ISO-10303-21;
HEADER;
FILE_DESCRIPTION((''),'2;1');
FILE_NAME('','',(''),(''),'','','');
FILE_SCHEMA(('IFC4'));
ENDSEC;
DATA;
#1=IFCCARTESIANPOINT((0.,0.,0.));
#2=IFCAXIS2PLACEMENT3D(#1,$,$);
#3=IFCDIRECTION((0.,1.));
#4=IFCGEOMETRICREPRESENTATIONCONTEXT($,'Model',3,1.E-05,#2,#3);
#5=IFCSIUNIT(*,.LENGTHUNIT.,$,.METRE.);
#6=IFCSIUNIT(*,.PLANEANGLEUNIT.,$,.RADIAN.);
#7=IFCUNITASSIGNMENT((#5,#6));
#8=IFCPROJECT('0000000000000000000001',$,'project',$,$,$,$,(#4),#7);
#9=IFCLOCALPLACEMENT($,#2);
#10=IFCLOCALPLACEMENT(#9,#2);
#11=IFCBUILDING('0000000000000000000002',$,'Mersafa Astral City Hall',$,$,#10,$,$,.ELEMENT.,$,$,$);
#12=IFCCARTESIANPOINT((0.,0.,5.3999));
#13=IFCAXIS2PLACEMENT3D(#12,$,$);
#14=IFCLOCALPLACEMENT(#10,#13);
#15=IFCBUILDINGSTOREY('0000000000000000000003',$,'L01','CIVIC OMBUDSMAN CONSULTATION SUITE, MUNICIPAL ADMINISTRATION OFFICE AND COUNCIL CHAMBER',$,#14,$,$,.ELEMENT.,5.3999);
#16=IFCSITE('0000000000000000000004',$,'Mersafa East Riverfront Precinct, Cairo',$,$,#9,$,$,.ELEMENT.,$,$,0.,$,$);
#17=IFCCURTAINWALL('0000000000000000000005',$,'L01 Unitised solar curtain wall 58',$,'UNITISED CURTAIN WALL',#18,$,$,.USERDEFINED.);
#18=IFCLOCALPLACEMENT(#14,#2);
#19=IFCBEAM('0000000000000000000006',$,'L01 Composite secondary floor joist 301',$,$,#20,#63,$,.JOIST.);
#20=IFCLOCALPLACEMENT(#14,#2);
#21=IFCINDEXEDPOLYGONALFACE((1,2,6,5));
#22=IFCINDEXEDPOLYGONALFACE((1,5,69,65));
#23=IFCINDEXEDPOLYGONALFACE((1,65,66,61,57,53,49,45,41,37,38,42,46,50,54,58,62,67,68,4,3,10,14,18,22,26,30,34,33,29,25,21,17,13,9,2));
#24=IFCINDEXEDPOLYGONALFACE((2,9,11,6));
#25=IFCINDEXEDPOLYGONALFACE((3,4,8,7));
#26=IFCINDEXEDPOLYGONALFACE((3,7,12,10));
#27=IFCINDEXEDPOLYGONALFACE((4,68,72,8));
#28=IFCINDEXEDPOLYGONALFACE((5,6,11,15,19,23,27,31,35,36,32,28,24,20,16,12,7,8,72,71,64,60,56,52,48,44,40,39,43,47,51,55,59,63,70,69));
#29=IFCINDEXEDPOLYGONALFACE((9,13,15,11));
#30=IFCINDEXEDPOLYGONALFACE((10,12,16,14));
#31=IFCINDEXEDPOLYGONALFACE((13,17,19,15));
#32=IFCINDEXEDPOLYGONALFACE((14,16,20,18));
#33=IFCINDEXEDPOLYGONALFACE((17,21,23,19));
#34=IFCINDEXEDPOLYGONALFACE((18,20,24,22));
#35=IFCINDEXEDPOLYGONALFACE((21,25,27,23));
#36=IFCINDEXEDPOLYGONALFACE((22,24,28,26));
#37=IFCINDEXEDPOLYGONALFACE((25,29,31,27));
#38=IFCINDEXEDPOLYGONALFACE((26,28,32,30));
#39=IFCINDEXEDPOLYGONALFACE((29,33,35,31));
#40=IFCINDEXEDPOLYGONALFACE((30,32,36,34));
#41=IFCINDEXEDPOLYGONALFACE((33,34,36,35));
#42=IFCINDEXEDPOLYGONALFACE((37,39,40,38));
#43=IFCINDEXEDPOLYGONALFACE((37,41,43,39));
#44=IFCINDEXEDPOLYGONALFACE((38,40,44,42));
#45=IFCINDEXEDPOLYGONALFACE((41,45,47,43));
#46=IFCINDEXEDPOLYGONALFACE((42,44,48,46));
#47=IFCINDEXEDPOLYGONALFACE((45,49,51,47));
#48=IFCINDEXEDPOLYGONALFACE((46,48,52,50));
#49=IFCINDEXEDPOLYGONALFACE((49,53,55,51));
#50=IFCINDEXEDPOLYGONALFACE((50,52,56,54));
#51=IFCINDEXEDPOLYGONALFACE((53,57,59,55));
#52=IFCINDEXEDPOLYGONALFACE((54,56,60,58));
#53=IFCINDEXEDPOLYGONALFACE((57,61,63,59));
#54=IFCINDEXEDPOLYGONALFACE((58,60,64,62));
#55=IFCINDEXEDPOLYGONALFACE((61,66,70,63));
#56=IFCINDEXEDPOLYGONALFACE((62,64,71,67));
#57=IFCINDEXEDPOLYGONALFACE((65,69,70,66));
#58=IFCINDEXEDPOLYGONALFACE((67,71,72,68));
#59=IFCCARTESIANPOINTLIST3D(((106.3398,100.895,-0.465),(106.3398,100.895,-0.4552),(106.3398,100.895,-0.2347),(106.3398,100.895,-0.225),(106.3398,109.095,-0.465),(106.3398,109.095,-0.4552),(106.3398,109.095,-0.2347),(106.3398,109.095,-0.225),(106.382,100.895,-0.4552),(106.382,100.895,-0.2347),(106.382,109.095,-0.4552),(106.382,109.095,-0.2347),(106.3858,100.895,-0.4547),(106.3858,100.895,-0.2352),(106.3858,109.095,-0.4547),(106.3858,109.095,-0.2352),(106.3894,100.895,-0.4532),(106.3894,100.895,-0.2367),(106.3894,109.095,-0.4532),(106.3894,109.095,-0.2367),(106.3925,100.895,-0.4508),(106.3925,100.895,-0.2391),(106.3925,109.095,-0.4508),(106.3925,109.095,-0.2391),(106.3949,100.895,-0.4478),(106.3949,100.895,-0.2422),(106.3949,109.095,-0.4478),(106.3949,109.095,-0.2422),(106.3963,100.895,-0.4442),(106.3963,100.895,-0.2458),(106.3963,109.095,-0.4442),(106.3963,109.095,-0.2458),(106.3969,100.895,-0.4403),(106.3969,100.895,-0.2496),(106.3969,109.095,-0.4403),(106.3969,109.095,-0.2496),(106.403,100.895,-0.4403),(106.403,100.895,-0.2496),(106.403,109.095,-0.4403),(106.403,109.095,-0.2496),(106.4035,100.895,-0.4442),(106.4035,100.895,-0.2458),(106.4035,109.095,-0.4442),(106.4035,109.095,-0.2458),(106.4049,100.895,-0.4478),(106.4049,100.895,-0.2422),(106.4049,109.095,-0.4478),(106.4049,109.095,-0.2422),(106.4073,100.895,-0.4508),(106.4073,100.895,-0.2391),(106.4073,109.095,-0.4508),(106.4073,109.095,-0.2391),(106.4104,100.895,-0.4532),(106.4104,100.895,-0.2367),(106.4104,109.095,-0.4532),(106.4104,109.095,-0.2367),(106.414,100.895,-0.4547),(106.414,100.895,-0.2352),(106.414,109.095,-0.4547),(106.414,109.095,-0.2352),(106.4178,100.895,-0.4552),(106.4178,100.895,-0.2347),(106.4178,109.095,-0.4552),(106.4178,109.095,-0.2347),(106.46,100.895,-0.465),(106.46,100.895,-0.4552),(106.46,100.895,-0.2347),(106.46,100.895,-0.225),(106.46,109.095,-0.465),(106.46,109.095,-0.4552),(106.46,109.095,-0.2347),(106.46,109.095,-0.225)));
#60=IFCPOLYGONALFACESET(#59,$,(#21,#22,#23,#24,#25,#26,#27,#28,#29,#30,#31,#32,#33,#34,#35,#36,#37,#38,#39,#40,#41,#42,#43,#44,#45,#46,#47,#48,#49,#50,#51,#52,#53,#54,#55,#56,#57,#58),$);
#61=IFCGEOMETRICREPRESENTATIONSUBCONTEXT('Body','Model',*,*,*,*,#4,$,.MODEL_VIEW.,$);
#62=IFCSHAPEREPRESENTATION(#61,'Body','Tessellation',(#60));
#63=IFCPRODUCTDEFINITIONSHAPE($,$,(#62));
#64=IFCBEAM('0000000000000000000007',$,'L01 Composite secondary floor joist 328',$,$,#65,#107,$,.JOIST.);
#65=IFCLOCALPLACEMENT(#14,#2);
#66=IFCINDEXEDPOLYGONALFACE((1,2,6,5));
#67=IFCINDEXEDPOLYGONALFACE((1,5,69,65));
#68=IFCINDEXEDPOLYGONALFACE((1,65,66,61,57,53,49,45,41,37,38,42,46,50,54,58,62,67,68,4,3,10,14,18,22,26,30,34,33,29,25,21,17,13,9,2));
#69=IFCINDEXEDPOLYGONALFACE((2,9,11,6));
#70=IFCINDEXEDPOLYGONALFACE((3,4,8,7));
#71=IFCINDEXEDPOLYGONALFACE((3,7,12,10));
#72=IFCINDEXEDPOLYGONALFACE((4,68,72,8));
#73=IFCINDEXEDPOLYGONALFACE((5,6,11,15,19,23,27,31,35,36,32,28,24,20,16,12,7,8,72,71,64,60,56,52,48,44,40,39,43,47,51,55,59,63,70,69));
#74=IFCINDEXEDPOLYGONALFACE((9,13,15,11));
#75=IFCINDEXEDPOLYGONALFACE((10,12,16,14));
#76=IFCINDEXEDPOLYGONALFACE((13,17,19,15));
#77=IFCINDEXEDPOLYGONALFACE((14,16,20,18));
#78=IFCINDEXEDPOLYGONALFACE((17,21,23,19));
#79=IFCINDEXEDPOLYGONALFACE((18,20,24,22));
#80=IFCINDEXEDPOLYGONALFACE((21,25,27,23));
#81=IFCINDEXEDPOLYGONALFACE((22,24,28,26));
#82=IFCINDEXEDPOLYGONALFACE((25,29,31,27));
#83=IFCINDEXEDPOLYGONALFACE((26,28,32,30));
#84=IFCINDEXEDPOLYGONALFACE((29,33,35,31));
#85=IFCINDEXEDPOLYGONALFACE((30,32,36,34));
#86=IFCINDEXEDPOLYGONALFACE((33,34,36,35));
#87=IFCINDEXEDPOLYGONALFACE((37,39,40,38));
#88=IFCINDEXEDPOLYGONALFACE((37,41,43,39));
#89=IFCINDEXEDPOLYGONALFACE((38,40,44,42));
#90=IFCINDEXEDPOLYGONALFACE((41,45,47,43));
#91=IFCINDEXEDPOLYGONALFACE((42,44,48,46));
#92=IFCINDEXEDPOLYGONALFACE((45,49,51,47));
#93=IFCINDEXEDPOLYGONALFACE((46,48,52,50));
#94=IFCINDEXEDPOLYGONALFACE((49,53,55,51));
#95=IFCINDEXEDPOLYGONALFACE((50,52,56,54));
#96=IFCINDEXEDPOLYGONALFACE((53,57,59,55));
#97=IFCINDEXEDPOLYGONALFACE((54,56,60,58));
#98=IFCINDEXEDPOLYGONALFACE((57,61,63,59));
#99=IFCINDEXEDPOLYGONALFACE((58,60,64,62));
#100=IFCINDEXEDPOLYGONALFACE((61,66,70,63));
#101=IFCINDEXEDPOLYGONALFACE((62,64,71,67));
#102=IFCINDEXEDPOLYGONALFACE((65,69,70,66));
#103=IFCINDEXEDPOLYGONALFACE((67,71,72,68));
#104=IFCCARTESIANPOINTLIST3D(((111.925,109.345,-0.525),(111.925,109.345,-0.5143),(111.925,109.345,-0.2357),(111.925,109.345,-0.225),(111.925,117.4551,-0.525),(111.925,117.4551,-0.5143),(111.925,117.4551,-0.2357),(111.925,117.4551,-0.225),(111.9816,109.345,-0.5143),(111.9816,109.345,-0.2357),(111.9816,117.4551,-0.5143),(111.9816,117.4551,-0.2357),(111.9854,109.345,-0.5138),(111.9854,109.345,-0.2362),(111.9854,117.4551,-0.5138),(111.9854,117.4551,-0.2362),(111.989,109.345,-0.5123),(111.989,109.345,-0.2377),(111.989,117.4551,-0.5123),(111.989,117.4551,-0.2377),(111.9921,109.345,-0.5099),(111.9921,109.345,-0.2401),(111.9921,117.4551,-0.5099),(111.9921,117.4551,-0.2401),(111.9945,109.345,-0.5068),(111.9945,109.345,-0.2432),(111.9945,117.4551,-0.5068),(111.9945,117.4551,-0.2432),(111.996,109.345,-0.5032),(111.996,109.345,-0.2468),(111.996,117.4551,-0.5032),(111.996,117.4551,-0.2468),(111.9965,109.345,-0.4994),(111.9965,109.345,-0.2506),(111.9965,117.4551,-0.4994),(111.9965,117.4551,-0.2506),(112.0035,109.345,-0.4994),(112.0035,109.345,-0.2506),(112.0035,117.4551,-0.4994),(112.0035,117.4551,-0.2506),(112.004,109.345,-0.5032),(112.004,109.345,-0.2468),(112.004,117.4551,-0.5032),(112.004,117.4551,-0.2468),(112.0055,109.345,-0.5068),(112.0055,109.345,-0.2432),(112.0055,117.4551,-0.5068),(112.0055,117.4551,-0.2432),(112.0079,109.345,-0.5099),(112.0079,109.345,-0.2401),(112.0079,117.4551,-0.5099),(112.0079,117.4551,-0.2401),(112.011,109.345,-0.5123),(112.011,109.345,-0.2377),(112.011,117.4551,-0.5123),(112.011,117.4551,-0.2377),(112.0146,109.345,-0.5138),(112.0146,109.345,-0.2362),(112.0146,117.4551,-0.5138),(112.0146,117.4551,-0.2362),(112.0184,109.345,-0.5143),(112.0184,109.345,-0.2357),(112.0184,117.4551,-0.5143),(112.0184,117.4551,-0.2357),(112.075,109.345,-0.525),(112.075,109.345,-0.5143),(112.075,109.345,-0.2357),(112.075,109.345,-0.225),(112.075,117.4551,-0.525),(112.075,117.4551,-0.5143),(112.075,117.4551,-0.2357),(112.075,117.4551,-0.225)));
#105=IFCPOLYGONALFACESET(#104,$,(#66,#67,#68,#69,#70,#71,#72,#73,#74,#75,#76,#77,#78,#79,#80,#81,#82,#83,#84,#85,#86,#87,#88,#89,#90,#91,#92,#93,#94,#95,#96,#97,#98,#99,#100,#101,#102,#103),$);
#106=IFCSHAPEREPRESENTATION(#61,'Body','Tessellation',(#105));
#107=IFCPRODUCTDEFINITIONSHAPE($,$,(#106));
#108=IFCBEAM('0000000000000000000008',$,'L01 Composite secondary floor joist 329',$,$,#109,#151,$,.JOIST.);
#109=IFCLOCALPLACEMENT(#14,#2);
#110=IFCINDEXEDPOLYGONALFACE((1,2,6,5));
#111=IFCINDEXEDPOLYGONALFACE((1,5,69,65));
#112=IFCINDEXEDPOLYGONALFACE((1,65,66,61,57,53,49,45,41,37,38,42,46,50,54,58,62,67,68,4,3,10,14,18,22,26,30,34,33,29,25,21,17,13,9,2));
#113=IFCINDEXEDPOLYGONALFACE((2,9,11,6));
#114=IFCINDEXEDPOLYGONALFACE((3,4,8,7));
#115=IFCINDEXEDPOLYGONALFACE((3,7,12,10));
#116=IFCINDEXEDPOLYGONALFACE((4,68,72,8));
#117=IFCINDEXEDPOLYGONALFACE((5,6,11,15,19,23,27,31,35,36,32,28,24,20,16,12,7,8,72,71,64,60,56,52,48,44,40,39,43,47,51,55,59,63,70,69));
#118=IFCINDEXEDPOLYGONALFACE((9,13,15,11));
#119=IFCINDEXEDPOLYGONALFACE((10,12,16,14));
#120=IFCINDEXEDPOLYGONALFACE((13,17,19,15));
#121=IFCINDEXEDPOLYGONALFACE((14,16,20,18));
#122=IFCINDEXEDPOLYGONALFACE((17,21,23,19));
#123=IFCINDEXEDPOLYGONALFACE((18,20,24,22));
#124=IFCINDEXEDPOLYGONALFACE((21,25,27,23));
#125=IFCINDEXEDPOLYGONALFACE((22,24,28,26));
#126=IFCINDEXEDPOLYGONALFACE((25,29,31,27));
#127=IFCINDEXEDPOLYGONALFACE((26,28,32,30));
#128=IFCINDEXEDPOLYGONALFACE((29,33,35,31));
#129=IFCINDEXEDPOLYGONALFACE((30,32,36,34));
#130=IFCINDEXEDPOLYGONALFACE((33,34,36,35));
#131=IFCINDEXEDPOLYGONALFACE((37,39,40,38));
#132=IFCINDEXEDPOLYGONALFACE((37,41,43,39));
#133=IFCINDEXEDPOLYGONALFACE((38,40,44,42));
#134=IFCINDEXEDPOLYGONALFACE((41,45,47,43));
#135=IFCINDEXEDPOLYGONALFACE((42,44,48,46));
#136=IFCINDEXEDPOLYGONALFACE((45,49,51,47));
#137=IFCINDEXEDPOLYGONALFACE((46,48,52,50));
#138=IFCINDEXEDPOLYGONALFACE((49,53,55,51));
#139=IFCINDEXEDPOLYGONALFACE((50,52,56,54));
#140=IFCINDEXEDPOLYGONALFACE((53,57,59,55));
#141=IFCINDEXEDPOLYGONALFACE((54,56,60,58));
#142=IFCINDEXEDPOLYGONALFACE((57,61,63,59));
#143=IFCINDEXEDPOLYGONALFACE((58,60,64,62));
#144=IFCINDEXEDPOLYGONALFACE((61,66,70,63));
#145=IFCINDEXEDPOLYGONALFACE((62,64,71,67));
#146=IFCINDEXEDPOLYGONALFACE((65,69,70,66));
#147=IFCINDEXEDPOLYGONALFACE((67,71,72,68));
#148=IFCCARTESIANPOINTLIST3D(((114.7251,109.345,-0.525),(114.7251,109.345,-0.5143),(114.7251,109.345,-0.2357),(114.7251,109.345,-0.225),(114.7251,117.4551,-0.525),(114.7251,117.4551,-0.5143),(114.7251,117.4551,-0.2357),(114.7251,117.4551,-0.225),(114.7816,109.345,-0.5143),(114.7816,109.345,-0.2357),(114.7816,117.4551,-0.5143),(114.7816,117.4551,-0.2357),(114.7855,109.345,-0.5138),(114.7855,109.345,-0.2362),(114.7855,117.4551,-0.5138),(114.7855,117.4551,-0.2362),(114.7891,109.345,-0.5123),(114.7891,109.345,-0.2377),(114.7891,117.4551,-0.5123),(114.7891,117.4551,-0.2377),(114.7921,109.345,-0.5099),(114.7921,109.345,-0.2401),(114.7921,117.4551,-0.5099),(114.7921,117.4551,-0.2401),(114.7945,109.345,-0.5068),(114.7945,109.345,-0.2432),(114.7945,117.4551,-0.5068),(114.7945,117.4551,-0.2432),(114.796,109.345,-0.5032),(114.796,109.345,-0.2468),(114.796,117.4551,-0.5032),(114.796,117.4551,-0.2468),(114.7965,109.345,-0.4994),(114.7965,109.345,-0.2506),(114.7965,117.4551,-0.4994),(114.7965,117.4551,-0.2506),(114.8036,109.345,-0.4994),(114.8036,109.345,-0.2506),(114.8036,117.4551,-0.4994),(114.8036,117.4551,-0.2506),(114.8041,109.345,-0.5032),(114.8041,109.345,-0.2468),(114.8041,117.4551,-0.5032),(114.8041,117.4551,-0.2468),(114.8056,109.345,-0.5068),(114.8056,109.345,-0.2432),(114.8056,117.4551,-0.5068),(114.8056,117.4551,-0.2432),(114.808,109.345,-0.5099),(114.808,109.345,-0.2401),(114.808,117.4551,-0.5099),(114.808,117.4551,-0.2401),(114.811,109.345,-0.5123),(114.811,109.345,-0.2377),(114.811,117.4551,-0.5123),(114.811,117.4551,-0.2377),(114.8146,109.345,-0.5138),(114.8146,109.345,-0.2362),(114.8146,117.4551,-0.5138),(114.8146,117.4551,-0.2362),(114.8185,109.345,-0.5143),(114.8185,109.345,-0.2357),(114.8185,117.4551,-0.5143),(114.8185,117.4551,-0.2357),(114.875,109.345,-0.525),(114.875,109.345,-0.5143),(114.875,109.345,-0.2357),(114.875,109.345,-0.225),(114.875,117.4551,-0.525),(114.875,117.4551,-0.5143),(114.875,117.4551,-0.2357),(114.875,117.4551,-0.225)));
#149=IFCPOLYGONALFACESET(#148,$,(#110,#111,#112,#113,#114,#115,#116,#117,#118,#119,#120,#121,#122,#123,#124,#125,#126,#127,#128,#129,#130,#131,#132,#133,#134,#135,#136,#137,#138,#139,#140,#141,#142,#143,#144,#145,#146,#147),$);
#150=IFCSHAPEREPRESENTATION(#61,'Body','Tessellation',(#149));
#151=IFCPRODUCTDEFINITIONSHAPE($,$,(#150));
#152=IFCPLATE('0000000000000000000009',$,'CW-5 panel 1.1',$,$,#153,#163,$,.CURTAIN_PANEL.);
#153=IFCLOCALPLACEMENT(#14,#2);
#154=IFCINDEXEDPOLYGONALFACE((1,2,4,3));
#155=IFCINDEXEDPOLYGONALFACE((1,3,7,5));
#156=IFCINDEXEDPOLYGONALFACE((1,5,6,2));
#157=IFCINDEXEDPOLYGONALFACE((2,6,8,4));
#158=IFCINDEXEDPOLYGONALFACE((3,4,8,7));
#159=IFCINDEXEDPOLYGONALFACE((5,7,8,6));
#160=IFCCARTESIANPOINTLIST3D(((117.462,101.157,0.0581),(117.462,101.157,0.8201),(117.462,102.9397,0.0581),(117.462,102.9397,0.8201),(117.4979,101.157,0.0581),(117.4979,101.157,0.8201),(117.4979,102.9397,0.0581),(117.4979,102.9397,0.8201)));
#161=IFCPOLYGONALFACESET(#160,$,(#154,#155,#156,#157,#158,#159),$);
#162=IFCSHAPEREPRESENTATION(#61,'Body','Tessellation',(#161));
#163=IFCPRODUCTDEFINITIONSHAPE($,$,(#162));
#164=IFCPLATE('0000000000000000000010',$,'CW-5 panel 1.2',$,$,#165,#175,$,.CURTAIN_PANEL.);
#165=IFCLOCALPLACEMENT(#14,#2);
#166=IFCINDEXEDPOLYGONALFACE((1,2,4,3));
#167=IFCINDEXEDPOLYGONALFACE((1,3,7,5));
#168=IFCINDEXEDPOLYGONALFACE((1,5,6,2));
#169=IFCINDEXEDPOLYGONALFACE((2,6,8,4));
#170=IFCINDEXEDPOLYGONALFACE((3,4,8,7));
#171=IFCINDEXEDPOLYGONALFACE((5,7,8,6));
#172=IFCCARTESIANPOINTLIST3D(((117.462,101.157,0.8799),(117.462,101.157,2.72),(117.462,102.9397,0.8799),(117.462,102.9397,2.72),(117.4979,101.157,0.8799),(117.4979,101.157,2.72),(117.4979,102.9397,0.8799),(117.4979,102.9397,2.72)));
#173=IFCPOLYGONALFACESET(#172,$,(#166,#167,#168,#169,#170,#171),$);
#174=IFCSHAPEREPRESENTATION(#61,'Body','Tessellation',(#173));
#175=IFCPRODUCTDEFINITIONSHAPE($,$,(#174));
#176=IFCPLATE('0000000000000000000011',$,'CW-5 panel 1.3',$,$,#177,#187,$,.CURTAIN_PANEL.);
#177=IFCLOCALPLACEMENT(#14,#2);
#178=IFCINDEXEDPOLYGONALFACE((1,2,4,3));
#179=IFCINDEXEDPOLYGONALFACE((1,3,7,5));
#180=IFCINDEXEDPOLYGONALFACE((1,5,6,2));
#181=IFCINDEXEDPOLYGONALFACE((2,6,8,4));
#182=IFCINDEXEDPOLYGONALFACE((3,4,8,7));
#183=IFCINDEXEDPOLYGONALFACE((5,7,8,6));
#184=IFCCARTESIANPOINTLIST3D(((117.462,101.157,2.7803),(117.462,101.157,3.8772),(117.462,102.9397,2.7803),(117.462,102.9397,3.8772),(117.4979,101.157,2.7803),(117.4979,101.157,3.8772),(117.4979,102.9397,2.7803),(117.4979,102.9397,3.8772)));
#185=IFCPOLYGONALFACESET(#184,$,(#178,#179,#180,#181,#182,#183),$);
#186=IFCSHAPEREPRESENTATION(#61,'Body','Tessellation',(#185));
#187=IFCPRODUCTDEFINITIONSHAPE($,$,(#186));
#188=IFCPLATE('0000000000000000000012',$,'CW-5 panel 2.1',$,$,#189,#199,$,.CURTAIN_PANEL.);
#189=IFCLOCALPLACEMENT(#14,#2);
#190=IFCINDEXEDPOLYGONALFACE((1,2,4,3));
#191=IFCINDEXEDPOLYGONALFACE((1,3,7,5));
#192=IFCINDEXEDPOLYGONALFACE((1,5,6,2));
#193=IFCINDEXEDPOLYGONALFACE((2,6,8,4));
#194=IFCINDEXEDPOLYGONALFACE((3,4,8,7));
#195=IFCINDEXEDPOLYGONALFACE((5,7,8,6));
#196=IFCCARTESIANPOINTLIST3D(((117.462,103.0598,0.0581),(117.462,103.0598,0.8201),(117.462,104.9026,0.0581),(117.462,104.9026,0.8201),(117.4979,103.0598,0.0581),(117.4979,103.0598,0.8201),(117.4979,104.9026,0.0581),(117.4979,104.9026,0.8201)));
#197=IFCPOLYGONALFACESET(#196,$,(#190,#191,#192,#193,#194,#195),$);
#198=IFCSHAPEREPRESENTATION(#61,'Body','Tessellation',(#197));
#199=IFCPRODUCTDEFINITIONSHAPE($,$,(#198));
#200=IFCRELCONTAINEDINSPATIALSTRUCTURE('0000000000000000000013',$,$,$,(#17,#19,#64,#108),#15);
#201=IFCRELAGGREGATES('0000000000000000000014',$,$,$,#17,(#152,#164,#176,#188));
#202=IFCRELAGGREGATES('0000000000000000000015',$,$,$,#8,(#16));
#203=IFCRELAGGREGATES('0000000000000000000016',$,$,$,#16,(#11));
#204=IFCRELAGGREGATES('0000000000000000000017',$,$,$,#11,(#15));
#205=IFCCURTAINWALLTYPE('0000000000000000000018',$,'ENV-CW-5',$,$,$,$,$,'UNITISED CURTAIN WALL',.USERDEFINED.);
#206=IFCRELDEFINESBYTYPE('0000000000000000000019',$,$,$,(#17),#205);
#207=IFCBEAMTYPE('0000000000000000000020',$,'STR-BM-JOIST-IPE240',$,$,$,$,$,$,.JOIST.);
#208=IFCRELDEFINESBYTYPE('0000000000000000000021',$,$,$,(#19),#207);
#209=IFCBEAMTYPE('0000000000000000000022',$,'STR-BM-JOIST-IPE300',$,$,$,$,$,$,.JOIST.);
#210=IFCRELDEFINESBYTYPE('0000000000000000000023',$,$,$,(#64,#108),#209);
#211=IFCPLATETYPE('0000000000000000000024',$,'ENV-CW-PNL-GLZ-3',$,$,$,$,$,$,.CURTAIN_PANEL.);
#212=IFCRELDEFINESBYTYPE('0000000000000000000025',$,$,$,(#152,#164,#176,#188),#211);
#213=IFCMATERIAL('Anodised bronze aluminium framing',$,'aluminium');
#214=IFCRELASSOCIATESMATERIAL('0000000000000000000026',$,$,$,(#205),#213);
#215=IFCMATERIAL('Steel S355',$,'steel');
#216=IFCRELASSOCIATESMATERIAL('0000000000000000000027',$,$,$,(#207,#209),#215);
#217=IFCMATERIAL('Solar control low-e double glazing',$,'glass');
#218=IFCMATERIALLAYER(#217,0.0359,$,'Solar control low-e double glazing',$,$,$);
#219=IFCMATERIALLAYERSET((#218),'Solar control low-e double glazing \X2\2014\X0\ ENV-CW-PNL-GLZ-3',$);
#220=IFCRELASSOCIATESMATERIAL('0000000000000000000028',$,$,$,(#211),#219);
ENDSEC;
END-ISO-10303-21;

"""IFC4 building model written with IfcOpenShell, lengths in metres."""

from ifc_helpers import new_model, si_unit, direction, frame, origin, origin_2d, place, context, subcontext, project, spatial, rectangle, i_section, extrude, material, layer, layer_set, material_profile, profile_set, type_object, element, aggregate, save


model = new_model("IFC4")

# Units and contexts
model_context = context("Model", 3, precision=1e-05, world=origin(), true_north=direction((0.0, 1.0)))
body_context = subcontext(model_context, "Body", "Model", "MODEL_VIEW")
ifc_project = project(units=[si_unit("LENGTHUNIT", "METRE"), si_unit("PLANEANGLEUNIT", "RADIAN")], contexts=[model_context])

# Site, building, storey
site_placement = place(None, origin())
site = spatial("IfcSite", under=ifc_project, at=site_placement, Name="Mersafa East Riverfront Precinct, Cairo", CompositionType="ELEMENT", RefElevation=0.0)
building_placement = place(site_placement, origin())
building = spatial("IfcBuilding", under=site, at=building_placement, Name="Mersafa Astral City Hall", CompositionType="ELEMENT")
storey_placement = place(building_placement, frame((0.0, 0.0, 5.3999)))
storey = spatial("IfcBuildingStorey", under=building, at=storey_placement, Name="L01", Description="CIVIC OMBUDSMAN CONSULTATION SUITE, MUNICIPAL ADMINISTRATION OFFICE AND COUNCIL CHAMBER", CompositionType="ELEMENT", Elevation=5.3999)

# Shared definitions
ifc_material_1 = material(Name="Steel S355", Category="steel")

# Curtain wall
ifc_material_2 = material(Name="Anodised bronze aluminium framing", Category="aluminium")
curtain_wall_type = type_object("IfcCurtainWallType", Name="ENV-CW-5", ElementType="UNITISED CURTAIN WALL", PredefinedType="USERDEFINED", material=ifc_material_2)
curtain_wall_placement = place(storey_placement, origin())
curtain_wall = element("IfcCurtainWall", 1, at=curtain_wall_placement, inside=storey, type_object=curtain_wall_type, Name="L01 Unitised solar curtain wall 58", ObjectType="UNITISED CURTAIN WALL", PredefinedType="USERDEFINED")

# Beams
ifc_material_profile_1 = material_profile(ifc_material_1, i_section(OverallWidth=0.1201, OverallDepth=0.24, WebThickness=0.0061, FlangeThickness=0.0098, FilletRadius=0.0149, at=origin_2d()), Name="IPE 240")
ifc_profile_set_1 = profile_set([ifc_material_profile_1], Name="Steel S355")
beam_type_1 = type_object("IfcBeamType", Name="STR-BM-JOIST-IPE240", PredefinedType="JOIST", material=ifc_profile_set_1)
beam_1_placement = place(storey_placement, frame((106.3999, 100.895, -0.345), z_axis=(0.0, 1.0, 0.0), x_axis=(-1.0, 0.0, 0.0)))
element("IfcBeam", 2, at=beam_1_placement, inside=storey, type_object=beam_type_1, Name="L01 Composite secondary floor joist 301", PredefinedType="JOIST", context=body_context, shape_type="SweptSolid", body=[
    extrude(i_section(OverallWidth=0.1201, OverallDepth=0.24, WebThickness=0.0061, FlangeThickness=0.0098, FilletRadius=0.0149, at=origin_2d()), origin(), (0.0, 0.0, 1.0), 8.2),
])
ifc_material_profile_2 = material_profile(ifc_material_1, i_section(OverallWidth=0.1499, OverallDepth=0.3, WebThickness=0.0071, FlangeThickness=0.0107, FilletRadius=0.0149, at=origin_2d()), Name="IPE 300")
ifc_profile_set_2 = profile_set([ifc_material_profile_2], Name="Steel S355")
beam_type_2 = type_object("IfcBeamType", Name="STR-BM-JOIST-IPE300", PredefinedType="JOIST", material=ifc_profile_set_2)
for number, where, z_axis, x_axis, name in (
    (3, (112.0, 109.345, -0.375), (0.0, 1.0, 0.0), (-1.0, 0.0, 0.0), "L01 Composite secondary floor joist 328"),
    (4, (114.8, 109.345, -0.375), (0.0, 1.0, 0.0), (-1.0, 0.0, 0.0), "L01 Composite secondary floor joist 329"),
):
    element("IfcBeam", number, at=place(storey_placement, frame(where, z_axis=z_axis, x_axis=x_axis)), inside=storey, type_object=beam_type_2, Name=name, PredefinedType="JOIST", context=body_context, shape_type="SweptSolid", body=[
        extrude(i_section(OverallWidth=0.1499, OverallDepth=0.3, WebThickness=0.0071, FlangeThickness=0.0107, FilletRadius=0.0149, at=origin_2d()), origin(), (0.0, 0.0, 1.0), 8.1101),
    ])

# Plates
ifc_material_3 = material(Name="Solar control low-e double glazing", Category="glass")
ifc_layer_1 = layer(ifc_material_3, 0.0359, Name="Solar control low-e double glazing")
ifc_layer_set_1 = layer_set([ifc_layer_1], Name="Solar control low-e double glazing — ENV-CW-PNL-GLZ-3")
plate_type = type_object("IfcPlateType", Name="ENV-CW-PNL-GLZ-3", PredefinedType="CURTAIN_PANEL", material=ifc_layer_set_1)
plate_1_placement = place(storey_placement, frame((117.48, 102.0483, 0.0581), z_axis=(0.0, 0.0, 1.0), x_axis=(0.0, 1.0, 0.0)))
plate_1 = element("IfcPlate", 5, at=plate_1_placement, type_object=plate_type, Name="CW-5 panel 1.1", PredefinedType="CURTAIN_PANEL", context=body_context, shape_type="SweptSolid", body=[
    extrude(rectangle(XDim=1.7827, YDim=0.0359, at=origin_2d()), origin(), (0.0, 0.0, 1.0), 0.762),
])
plate_2_placement = place(storey_placement, frame((117.48, 102.0483, 0.8799), z_axis=(0.0, 0.0, 1.0), x_axis=(0.0, 1.0, 0.0)))
plate_2 = element("IfcPlate", 6, at=plate_2_placement, type_object=plate_type, Name="CW-5 panel 1.2", PredefinedType="CURTAIN_PANEL", context=body_context, shape_type="SweptSolid", body=[
    extrude(rectangle(XDim=1.7827, YDim=0.0359, at=origin_2d()), origin(), (0.0, 0.0, 1.0), 1.8401),
])
plate_3_placement = place(storey_placement, frame((117.48, 102.0483, 2.7803), z_axis=(0.0, 0.0, 1.0), x_axis=(0.0, 1.0, 0.0)))
plate_3 = element("IfcPlate", 7, at=plate_3_placement, type_object=plate_type, Name="CW-5 panel 1.3", PredefinedType="CURTAIN_PANEL", context=body_context, shape_type="SweptSolid", body=[
    extrude(rectangle(XDim=1.7827, YDim=0.0359, at=origin_2d()), origin(), (0.0, 0.0, 1.0), 1.0969),
])
plate_4_placement = place(storey_placement, frame((117.48, 103.9812, 0.0581), z_axis=(0.0, 0.0, 1.0), x_axis=(0.0, 1.0, 0.0)))
plate_4 = element("IfcPlate", 8, at=plate_4_placement, type_object=plate_type, Name="CW-5 panel 2.1", PredefinedType="CURTAIN_PANEL", context=body_context, shape_type="SweptSolid", body=[
    extrude(rectangle(XDim=1.8428, YDim=0.0359, at=origin_2d()), origin(), (0.0, 0.0, 1.0), 0.762),
])
aggregate(curtain_wall, [plate_1, plate_2, plate_3, plate_4])

save(model, "model.ifc")
